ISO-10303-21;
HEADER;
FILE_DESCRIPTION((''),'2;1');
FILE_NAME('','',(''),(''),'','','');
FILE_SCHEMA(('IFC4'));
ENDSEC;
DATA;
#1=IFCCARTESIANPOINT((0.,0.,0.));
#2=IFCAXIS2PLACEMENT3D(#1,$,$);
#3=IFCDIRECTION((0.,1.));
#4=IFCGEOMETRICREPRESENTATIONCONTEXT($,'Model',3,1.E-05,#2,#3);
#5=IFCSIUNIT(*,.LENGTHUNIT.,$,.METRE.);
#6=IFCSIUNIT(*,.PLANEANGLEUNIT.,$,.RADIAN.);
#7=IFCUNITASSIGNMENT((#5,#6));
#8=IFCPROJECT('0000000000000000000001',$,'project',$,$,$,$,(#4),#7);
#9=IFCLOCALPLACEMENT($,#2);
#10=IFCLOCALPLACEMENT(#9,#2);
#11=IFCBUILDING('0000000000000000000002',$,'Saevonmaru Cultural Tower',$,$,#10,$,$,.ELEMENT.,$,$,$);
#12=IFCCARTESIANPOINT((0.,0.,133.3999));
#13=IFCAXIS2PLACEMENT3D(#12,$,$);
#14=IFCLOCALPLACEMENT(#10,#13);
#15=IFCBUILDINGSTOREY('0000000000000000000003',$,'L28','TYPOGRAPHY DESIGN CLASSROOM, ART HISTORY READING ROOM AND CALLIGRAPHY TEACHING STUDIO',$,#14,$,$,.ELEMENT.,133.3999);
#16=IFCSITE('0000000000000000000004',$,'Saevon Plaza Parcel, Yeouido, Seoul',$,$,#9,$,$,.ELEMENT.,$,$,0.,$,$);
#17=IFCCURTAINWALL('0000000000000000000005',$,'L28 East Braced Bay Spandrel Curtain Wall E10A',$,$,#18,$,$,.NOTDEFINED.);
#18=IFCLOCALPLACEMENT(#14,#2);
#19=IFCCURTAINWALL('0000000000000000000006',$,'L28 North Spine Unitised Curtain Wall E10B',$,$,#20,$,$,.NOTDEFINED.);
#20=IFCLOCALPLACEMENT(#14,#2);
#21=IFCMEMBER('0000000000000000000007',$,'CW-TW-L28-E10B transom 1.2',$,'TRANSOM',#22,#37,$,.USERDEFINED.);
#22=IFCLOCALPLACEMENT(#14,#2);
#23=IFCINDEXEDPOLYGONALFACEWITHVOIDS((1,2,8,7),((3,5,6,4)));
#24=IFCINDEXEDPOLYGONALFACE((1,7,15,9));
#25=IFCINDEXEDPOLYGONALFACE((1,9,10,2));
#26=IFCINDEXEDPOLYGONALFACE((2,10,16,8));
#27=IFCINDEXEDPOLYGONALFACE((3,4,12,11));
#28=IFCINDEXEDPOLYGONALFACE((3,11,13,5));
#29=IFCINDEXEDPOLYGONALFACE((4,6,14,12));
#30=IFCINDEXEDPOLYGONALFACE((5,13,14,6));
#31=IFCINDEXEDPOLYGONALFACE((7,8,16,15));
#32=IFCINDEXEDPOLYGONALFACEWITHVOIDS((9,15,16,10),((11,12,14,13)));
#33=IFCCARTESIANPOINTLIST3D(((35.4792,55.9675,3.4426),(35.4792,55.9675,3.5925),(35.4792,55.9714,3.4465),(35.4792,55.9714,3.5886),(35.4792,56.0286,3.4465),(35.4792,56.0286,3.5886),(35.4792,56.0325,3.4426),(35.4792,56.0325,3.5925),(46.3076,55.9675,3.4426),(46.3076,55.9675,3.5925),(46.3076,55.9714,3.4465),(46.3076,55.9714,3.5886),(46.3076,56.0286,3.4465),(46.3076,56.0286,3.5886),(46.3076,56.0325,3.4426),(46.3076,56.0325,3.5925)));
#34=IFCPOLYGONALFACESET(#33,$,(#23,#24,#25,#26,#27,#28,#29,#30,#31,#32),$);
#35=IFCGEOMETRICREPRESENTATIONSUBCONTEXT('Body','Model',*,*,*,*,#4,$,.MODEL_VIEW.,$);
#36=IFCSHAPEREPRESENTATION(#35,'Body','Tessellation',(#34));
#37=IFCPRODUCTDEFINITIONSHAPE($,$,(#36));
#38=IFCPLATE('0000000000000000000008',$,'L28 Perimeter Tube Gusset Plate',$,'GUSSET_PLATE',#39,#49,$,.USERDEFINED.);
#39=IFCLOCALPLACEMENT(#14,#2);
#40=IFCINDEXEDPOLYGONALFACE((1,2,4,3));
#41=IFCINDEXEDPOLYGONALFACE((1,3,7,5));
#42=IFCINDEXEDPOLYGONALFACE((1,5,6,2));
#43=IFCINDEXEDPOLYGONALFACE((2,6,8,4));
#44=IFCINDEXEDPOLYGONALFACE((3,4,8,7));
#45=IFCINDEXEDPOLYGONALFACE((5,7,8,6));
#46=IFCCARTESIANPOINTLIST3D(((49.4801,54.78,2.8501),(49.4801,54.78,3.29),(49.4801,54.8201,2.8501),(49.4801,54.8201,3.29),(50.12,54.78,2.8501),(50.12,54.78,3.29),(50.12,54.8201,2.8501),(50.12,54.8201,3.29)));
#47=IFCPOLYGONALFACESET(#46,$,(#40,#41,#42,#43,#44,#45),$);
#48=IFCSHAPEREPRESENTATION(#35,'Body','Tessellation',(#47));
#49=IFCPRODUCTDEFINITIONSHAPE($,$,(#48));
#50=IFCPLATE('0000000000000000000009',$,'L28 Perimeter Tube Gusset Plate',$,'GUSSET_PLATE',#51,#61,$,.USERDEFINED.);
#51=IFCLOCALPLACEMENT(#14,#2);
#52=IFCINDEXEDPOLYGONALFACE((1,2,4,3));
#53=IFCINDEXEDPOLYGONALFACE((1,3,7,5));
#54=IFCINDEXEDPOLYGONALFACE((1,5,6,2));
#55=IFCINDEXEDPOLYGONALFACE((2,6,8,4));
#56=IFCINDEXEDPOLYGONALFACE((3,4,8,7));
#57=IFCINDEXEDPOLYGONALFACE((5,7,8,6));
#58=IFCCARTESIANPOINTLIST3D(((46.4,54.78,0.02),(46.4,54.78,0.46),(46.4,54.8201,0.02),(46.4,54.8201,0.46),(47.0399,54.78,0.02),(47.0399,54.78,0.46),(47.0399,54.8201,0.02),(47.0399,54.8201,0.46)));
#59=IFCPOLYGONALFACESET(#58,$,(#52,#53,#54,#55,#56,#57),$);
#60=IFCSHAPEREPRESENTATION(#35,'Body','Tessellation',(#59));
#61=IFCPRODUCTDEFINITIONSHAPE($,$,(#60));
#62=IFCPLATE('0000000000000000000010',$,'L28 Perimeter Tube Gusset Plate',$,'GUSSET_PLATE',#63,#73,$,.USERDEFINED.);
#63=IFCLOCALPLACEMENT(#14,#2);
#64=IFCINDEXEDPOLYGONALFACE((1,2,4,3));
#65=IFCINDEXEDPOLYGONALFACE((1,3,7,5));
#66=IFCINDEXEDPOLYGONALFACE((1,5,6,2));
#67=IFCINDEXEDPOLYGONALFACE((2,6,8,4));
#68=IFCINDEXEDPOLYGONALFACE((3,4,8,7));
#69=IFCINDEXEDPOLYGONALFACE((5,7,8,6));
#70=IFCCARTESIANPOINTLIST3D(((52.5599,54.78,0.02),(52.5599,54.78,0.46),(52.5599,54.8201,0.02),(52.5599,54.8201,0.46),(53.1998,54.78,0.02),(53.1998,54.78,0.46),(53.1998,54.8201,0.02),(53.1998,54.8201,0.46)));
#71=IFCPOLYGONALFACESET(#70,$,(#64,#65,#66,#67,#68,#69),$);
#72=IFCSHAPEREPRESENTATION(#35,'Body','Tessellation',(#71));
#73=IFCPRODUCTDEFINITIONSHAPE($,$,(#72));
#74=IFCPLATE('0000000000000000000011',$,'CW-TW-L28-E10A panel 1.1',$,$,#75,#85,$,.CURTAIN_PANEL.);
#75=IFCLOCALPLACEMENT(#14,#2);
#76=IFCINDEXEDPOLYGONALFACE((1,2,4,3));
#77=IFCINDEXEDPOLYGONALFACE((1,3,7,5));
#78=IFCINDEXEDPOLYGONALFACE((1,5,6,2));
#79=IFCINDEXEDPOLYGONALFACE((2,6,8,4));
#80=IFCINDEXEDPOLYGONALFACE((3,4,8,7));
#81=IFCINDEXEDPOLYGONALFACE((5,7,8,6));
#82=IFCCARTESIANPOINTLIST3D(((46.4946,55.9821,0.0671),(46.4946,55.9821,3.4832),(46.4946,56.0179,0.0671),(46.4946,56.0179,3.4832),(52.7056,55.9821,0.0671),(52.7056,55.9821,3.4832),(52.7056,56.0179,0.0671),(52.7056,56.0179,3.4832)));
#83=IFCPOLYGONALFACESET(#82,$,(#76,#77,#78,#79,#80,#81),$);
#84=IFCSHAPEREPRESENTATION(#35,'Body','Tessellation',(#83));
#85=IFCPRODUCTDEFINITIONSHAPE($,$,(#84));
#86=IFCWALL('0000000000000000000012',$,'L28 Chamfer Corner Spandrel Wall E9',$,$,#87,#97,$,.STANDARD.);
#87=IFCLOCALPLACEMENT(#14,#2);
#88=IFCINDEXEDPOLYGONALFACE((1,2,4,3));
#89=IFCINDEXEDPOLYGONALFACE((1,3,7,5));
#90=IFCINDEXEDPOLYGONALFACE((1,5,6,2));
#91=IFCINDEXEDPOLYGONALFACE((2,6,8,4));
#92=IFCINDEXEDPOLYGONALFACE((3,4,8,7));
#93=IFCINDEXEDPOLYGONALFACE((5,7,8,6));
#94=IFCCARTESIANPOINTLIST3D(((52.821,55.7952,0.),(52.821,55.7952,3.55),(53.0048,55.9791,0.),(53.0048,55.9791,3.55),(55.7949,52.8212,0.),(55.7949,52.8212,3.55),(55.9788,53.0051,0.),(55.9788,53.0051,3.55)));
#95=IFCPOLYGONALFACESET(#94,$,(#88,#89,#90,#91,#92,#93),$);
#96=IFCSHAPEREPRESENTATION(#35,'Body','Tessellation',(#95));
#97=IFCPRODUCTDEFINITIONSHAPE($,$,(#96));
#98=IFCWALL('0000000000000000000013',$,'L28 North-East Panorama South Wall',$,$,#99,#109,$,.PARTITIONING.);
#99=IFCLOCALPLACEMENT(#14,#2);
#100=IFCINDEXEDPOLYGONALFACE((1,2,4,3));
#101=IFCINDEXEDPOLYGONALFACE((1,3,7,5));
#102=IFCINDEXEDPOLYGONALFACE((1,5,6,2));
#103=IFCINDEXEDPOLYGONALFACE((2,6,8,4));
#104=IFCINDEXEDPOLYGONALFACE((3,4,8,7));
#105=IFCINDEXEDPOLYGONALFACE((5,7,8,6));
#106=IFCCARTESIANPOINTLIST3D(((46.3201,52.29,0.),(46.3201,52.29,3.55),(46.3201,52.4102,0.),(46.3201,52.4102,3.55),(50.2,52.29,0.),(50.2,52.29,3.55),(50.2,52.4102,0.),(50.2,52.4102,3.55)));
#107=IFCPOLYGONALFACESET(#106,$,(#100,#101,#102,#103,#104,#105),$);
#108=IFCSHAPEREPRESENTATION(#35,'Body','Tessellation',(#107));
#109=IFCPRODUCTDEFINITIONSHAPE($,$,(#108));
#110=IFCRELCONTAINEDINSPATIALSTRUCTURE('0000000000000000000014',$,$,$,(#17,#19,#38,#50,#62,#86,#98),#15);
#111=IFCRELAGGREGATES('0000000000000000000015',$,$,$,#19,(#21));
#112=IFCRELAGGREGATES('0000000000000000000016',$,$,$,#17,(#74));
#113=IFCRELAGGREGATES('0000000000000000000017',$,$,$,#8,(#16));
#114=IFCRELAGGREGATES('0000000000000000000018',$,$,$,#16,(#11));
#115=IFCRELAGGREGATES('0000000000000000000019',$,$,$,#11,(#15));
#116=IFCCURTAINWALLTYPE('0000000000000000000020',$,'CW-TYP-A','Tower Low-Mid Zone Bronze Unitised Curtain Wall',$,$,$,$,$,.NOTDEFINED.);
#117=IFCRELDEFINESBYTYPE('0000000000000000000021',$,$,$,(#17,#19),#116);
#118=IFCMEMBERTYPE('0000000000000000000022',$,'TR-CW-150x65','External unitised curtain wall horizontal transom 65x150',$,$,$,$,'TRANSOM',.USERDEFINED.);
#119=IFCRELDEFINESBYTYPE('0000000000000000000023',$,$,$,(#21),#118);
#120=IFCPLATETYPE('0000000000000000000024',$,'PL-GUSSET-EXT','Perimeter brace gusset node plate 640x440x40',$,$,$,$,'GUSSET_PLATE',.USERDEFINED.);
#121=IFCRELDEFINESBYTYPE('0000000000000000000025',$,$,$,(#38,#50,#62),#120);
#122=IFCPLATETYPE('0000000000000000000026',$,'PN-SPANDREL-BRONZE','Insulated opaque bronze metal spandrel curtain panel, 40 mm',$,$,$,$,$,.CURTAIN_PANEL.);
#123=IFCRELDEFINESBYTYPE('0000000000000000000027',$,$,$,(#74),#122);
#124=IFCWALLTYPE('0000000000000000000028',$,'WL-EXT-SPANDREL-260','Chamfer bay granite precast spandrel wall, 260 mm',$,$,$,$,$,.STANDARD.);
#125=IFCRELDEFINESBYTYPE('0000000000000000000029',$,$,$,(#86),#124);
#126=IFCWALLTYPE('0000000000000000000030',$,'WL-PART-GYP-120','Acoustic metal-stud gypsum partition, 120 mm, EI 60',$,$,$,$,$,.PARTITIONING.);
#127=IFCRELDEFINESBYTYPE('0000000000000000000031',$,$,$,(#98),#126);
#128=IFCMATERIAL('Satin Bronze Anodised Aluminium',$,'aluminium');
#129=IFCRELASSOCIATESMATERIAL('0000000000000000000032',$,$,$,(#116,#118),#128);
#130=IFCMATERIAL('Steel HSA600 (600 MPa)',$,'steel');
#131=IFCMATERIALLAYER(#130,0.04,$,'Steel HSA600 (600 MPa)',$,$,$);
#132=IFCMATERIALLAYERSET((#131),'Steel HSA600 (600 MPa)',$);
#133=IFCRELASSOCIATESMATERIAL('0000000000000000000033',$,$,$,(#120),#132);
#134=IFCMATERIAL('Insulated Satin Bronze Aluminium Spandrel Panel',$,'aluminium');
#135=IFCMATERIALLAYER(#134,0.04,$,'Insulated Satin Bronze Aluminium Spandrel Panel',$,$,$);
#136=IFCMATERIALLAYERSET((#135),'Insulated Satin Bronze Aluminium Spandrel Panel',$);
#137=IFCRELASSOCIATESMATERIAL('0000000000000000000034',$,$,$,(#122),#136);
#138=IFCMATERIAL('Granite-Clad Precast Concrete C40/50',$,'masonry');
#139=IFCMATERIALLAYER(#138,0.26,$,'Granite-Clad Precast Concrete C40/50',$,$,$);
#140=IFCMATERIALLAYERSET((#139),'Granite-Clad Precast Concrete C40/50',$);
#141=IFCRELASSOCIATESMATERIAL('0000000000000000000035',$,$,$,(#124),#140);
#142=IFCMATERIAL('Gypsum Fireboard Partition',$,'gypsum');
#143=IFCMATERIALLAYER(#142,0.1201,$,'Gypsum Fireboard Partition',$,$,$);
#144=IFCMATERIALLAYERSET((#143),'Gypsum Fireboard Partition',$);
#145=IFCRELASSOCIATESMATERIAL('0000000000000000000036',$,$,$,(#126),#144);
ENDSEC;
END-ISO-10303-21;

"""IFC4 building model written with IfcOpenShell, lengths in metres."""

from ifc_helpers import new_model, si_unit, direction, frame, frame_2d, origin, origin_2d, place, context, subcontext, project, spatial, rectangle, hollow_rectangle, extrude, material, layer, layer_set, material_profile, profile_set, type_object, element, aggregate, save


model = new_model("IFC4")

# Units and contexts
model_context = context("Model", 3, precision=1e-05, world=origin(), true_north=direction((0.0, 1.0)))
body_context = subcontext(model_context, "Body", "Model", "MODEL_VIEW")
ifc_project = project(units=[si_unit("LENGTHUNIT", "METRE"), si_unit("PLANEANGLEUNIT", "RADIAN")], contexts=[model_context])

# Site, building, storey
site_placement = place(None, origin())
site = spatial("IfcSite", under=ifc_project, at=site_placement, Name="Saevon Plaza Parcel, Yeouido, Seoul", CompositionType="ELEMENT", RefElevation=0.0)
building_placement = place(site_placement, origin())
building = spatial("IfcBuilding", under=site, at=building_placement, Name="Saevonmaru Cultural Tower", CompositionType="ELEMENT")
storey_placement = place(building_placement, frame((0.0, 0.0, 133.3999)))
storey = spatial("IfcBuildingStorey", under=building, at=storey_placement, Name="L28", Description="TYPOGRAPHY DESIGN CLASSROOM, ART HISTORY READING ROOM AND CALLIGRAPHY TEACHING STUDIO", CompositionType="ELEMENT", Elevation=133.3999)

# Shared definitions
ifc_material_1 = material(Name="Satin Bronze Anodised Aluminium", Category="aluminium")
curtain_wall_type = type_object("IfcCurtainWallType", Name="CW-TYP-A", Description="Tower Low-Mid Zone Bronze Unitised Curtain Wall", PredefinedType="NOTDEFINED", material=ifc_material_1)

# Curtain wall
curtain_wall_1_placement = place(storey_placement, origin())
curtain_wall_1 = element("IfcCurtainWall", 1, at=curtain_wall_1_placement, inside=storey, type_object=curtain_wall_type, Name="L28 East Braced Bay Spandrel Curtain Wall E10A", PredefinedType="NOTDEFINED")

# Curtain wall
curtain_wall_2_placement = place(storey_placement, origin())
curtain_wall_2 = element("IfcCurtainWall", 2, at=curtain_wall_2_placement, inside=storey, type_object=curtain_wall_type, Name="L28 North Spine Unitised Curtain Wall E10B", PredefinedType="NOTDEFINED")

# Member
ifc_material_profile_1 = material_profile(ifc_material_1, hollow_rectangle(XDim=0.0649, YDim=0.1499, WallThickness=0.0039, at=origin_2d()), Name="ALU-TRAN-150x65x4")
ifc_profile_set_1 = profile_set([ifc_material_profile_1], Name="Satin Bronze Anodised Aluminium")
member_type_1 = type_object("IfcMemberType", Name="TR-CW-150x65", Description="External unitised curtain wall horizontal transom 65x150", ElementType="TRANSOM", PredefinedType="USERDEFINED", material=ifc_profile_set_1)
member_1_placement = place(storey_placement, frame((46.3076, 56.0, 3.5176), z_axis=(-1.0, 0.0, 0.0), x_axis=(0.0, -1.0, 0.0)))
member_1 = element("IfcMember", 3, at=member_1_placement, type_object=member_type_1, Name="CW-TW-L28-E10B transom 1.2", ObjectType="TRANSOM", PredefinedType="USERDEFINED", context=body_context, shape_type="SweptSolid", body=[
    extrude(hollow_rectangle(XDim=0.0649, YDim=0.1499, WallThickness=0.0039, at=origin_2d()), origin(), (0.0, 0.0, 1.0), 10.8284),
])
aggregate(curtain_wall_2, [member_1])

# Plates
ifc_material_2 = material(Name="Steel HSA600 (600 MPa)", Category="steel")
ifc_layer_1 = layer(ifc_material_2, 0.04, Name="Steel HSA600 (600 MPa)")
ifc_layer_set_1 = layer_set([ifc_layer_1], Name="Steel HSA600 (600 MPa)")
plate_type_1 = type_object("IfcPlateType", Name="PL-GUSSET-EXT", Description="Perimeter brace gusset node plate 640x440x40", ElementType="GUSSET_PLATE", PredefinedType="USERDEFINED", material=ifc_layer_set_1)
for number, where, z_axis, x_axis, name in (
    (4, (49.8, 54.8, 2.8501), (0.0, 0.0, 1.0), (1.0, 0.0, 0.0), "L28 Perimeter Tube Gusset Plate"),
    (5, (46.72, 54.8, 0.02), (0.0, 0.0, 1.0), (1.0, 0.0, 0.0), "L28 Perimeter Tube Gusset Plate"),
    (6, (52.8799, 54.8, 0.02), (0.0, 0.0, 1.0), (1.0, 0.0, 0.0), "L28 Perimeter Tube Gusset Plate"),
):
    element("IfcPlate", number, at=place(storey_placement, frame(where, z_axis=z_axis, x_axis=x_axis)), inside=storey, type_object=plate_type_1, Name=name, ObjectType="GUSSET_PLATE", PredefinedType="USERDEFINED", context=body_context, shape_type="SweptSolid", body=[
        extrude(rectangle(XDim=0.6399, YDim=0.04, at=origin_2d()), origin(), (0.0, 0.0, 1.0), 0.4399),
    ])

# Plate
ifc_material_3 = material(Name="Insulated Satin Bronze Aluminium Spandrel Panel", Category="aluminium")
ifc_layer_2 = layer(ifc_material_3, 0.04, Name="Insulated Satin Bronze Aluminium Spandrel Panel")
ifc_layer_set_2 = layer_set([ifc_layer_2], Name="Insulated Satin Bronze Aluminium Spandrel Panel")
plate_type_2 = type_object("IfcPlateType", Name="PN-SPANDREL-BRONZE", Description="Insulated opaque bronze metal spandrel curtain panel, 40 mm", PredefinedType="CURTAIN_PANEL", material=ifc_layer_set_2)
plate_placement = place(storey_placement, frame((49.6001, 56.0, 0.0671), z_axis=(0.0, 0.0, 1.0), x_axis=(-1.0, 0.0, 0.0)))
plate = element("IfcPlate", 7, at=plate_placement, type_object=plate_type_2, Name="CW-TW-L28-E10A panel 1.1", PredefinedType="CURTAIN_PANEL", context=body_context, shape_type="SweptSolid", body=[
    extrude(rectangle(XDim=6.2109, YDim=0.0359, at=origin_2d()), origin(), (0.0, 0.0, 1.0), 3.416),
])
aggregate(curtain_wall_1, [plate])

# Wall
ifc_material_4 = material(Name="Granite-Clad Precast Concrete C40/50", Category="masonry")
ifc_layer_3 = layer(ifc_material_4, 0.26, Name="Granite-Clad Precast Concrete C40/50")
ifc_layer_set_3 = layer_set([ifc_layer_3], Name="Granite-Clad Precast Concrete C40/50")
wall_type_1 = type_object("IfcWallType", Name="WL-EXT-SPANDREL-260", Description="Chamfer bay granite precast spandrel wall, 260 mm", PredefinedType="STANDARD", material=ifc_layer_set_3)
wall_1_placement = place(storey_placement, frame((55.887, 52.9131, 0.0), z_axis=(0.0, 0.0, 1.0), x_axis=(-0.707107, 0.707107, 0.0)))
element("IfcWall", 8, at=wall_1_placement, inside=storey, type_object=wall_type_1, Name="L28 Chamfer Corner Spandrel Wall E9", PredefinedType="STANDARD", context=body_context, shape_type="SweptSolid", body=[
    extrude(rectangle(XDim=4.2058, YDim=0.26, at=frame_2d((2.103, 0.0))), origin(), (0.0, 0.0, 1.0), 3.55),
])

# Shared definitions
ifc_material_5 = material(Name="Gypsum Fireboard Partition", Category="gypsum")

# Wall
ifc_layer_4 = layer(ifc_material_5, 0.1201, Name="Gypsum Fireboard Partition")
ifc_layer_set_4 = layer_set([ifc_layer_4], Name="Gypsum Fireboard Partition")
wall_type_2 = type_object("IfcWallType", Name="WL-PART-GYP-120", Description="Acoustic metal-stud gypsum partition, 120 mm, EI 60", PredefinedType="PARTITIONING", material=ifc_layer_set_4)
wall_2_placement = place(storey_placement, frame((46.3201, 52.3501, 0.0), z_axis=(0.0, 0.0, 1.0), x_axis=(1.0, 0.0, 0.0)))
element("IfcWall", 9, at=wall_2_placement, inside=storey, type_object=wall_type_2, Name="L28 North-East Panorama South Wall", PredefinedType="PARTITIONING", context=body_context, shape_type="SweptSolid", body=[
    extrude(rectangle(XDim=3.8799, YDim=0.1201, at=frame_2d((1.9399, 0.0))), origin(), (0.0, 0.0, 1.0), 3.55),
])

save(model, "model.ifc")
